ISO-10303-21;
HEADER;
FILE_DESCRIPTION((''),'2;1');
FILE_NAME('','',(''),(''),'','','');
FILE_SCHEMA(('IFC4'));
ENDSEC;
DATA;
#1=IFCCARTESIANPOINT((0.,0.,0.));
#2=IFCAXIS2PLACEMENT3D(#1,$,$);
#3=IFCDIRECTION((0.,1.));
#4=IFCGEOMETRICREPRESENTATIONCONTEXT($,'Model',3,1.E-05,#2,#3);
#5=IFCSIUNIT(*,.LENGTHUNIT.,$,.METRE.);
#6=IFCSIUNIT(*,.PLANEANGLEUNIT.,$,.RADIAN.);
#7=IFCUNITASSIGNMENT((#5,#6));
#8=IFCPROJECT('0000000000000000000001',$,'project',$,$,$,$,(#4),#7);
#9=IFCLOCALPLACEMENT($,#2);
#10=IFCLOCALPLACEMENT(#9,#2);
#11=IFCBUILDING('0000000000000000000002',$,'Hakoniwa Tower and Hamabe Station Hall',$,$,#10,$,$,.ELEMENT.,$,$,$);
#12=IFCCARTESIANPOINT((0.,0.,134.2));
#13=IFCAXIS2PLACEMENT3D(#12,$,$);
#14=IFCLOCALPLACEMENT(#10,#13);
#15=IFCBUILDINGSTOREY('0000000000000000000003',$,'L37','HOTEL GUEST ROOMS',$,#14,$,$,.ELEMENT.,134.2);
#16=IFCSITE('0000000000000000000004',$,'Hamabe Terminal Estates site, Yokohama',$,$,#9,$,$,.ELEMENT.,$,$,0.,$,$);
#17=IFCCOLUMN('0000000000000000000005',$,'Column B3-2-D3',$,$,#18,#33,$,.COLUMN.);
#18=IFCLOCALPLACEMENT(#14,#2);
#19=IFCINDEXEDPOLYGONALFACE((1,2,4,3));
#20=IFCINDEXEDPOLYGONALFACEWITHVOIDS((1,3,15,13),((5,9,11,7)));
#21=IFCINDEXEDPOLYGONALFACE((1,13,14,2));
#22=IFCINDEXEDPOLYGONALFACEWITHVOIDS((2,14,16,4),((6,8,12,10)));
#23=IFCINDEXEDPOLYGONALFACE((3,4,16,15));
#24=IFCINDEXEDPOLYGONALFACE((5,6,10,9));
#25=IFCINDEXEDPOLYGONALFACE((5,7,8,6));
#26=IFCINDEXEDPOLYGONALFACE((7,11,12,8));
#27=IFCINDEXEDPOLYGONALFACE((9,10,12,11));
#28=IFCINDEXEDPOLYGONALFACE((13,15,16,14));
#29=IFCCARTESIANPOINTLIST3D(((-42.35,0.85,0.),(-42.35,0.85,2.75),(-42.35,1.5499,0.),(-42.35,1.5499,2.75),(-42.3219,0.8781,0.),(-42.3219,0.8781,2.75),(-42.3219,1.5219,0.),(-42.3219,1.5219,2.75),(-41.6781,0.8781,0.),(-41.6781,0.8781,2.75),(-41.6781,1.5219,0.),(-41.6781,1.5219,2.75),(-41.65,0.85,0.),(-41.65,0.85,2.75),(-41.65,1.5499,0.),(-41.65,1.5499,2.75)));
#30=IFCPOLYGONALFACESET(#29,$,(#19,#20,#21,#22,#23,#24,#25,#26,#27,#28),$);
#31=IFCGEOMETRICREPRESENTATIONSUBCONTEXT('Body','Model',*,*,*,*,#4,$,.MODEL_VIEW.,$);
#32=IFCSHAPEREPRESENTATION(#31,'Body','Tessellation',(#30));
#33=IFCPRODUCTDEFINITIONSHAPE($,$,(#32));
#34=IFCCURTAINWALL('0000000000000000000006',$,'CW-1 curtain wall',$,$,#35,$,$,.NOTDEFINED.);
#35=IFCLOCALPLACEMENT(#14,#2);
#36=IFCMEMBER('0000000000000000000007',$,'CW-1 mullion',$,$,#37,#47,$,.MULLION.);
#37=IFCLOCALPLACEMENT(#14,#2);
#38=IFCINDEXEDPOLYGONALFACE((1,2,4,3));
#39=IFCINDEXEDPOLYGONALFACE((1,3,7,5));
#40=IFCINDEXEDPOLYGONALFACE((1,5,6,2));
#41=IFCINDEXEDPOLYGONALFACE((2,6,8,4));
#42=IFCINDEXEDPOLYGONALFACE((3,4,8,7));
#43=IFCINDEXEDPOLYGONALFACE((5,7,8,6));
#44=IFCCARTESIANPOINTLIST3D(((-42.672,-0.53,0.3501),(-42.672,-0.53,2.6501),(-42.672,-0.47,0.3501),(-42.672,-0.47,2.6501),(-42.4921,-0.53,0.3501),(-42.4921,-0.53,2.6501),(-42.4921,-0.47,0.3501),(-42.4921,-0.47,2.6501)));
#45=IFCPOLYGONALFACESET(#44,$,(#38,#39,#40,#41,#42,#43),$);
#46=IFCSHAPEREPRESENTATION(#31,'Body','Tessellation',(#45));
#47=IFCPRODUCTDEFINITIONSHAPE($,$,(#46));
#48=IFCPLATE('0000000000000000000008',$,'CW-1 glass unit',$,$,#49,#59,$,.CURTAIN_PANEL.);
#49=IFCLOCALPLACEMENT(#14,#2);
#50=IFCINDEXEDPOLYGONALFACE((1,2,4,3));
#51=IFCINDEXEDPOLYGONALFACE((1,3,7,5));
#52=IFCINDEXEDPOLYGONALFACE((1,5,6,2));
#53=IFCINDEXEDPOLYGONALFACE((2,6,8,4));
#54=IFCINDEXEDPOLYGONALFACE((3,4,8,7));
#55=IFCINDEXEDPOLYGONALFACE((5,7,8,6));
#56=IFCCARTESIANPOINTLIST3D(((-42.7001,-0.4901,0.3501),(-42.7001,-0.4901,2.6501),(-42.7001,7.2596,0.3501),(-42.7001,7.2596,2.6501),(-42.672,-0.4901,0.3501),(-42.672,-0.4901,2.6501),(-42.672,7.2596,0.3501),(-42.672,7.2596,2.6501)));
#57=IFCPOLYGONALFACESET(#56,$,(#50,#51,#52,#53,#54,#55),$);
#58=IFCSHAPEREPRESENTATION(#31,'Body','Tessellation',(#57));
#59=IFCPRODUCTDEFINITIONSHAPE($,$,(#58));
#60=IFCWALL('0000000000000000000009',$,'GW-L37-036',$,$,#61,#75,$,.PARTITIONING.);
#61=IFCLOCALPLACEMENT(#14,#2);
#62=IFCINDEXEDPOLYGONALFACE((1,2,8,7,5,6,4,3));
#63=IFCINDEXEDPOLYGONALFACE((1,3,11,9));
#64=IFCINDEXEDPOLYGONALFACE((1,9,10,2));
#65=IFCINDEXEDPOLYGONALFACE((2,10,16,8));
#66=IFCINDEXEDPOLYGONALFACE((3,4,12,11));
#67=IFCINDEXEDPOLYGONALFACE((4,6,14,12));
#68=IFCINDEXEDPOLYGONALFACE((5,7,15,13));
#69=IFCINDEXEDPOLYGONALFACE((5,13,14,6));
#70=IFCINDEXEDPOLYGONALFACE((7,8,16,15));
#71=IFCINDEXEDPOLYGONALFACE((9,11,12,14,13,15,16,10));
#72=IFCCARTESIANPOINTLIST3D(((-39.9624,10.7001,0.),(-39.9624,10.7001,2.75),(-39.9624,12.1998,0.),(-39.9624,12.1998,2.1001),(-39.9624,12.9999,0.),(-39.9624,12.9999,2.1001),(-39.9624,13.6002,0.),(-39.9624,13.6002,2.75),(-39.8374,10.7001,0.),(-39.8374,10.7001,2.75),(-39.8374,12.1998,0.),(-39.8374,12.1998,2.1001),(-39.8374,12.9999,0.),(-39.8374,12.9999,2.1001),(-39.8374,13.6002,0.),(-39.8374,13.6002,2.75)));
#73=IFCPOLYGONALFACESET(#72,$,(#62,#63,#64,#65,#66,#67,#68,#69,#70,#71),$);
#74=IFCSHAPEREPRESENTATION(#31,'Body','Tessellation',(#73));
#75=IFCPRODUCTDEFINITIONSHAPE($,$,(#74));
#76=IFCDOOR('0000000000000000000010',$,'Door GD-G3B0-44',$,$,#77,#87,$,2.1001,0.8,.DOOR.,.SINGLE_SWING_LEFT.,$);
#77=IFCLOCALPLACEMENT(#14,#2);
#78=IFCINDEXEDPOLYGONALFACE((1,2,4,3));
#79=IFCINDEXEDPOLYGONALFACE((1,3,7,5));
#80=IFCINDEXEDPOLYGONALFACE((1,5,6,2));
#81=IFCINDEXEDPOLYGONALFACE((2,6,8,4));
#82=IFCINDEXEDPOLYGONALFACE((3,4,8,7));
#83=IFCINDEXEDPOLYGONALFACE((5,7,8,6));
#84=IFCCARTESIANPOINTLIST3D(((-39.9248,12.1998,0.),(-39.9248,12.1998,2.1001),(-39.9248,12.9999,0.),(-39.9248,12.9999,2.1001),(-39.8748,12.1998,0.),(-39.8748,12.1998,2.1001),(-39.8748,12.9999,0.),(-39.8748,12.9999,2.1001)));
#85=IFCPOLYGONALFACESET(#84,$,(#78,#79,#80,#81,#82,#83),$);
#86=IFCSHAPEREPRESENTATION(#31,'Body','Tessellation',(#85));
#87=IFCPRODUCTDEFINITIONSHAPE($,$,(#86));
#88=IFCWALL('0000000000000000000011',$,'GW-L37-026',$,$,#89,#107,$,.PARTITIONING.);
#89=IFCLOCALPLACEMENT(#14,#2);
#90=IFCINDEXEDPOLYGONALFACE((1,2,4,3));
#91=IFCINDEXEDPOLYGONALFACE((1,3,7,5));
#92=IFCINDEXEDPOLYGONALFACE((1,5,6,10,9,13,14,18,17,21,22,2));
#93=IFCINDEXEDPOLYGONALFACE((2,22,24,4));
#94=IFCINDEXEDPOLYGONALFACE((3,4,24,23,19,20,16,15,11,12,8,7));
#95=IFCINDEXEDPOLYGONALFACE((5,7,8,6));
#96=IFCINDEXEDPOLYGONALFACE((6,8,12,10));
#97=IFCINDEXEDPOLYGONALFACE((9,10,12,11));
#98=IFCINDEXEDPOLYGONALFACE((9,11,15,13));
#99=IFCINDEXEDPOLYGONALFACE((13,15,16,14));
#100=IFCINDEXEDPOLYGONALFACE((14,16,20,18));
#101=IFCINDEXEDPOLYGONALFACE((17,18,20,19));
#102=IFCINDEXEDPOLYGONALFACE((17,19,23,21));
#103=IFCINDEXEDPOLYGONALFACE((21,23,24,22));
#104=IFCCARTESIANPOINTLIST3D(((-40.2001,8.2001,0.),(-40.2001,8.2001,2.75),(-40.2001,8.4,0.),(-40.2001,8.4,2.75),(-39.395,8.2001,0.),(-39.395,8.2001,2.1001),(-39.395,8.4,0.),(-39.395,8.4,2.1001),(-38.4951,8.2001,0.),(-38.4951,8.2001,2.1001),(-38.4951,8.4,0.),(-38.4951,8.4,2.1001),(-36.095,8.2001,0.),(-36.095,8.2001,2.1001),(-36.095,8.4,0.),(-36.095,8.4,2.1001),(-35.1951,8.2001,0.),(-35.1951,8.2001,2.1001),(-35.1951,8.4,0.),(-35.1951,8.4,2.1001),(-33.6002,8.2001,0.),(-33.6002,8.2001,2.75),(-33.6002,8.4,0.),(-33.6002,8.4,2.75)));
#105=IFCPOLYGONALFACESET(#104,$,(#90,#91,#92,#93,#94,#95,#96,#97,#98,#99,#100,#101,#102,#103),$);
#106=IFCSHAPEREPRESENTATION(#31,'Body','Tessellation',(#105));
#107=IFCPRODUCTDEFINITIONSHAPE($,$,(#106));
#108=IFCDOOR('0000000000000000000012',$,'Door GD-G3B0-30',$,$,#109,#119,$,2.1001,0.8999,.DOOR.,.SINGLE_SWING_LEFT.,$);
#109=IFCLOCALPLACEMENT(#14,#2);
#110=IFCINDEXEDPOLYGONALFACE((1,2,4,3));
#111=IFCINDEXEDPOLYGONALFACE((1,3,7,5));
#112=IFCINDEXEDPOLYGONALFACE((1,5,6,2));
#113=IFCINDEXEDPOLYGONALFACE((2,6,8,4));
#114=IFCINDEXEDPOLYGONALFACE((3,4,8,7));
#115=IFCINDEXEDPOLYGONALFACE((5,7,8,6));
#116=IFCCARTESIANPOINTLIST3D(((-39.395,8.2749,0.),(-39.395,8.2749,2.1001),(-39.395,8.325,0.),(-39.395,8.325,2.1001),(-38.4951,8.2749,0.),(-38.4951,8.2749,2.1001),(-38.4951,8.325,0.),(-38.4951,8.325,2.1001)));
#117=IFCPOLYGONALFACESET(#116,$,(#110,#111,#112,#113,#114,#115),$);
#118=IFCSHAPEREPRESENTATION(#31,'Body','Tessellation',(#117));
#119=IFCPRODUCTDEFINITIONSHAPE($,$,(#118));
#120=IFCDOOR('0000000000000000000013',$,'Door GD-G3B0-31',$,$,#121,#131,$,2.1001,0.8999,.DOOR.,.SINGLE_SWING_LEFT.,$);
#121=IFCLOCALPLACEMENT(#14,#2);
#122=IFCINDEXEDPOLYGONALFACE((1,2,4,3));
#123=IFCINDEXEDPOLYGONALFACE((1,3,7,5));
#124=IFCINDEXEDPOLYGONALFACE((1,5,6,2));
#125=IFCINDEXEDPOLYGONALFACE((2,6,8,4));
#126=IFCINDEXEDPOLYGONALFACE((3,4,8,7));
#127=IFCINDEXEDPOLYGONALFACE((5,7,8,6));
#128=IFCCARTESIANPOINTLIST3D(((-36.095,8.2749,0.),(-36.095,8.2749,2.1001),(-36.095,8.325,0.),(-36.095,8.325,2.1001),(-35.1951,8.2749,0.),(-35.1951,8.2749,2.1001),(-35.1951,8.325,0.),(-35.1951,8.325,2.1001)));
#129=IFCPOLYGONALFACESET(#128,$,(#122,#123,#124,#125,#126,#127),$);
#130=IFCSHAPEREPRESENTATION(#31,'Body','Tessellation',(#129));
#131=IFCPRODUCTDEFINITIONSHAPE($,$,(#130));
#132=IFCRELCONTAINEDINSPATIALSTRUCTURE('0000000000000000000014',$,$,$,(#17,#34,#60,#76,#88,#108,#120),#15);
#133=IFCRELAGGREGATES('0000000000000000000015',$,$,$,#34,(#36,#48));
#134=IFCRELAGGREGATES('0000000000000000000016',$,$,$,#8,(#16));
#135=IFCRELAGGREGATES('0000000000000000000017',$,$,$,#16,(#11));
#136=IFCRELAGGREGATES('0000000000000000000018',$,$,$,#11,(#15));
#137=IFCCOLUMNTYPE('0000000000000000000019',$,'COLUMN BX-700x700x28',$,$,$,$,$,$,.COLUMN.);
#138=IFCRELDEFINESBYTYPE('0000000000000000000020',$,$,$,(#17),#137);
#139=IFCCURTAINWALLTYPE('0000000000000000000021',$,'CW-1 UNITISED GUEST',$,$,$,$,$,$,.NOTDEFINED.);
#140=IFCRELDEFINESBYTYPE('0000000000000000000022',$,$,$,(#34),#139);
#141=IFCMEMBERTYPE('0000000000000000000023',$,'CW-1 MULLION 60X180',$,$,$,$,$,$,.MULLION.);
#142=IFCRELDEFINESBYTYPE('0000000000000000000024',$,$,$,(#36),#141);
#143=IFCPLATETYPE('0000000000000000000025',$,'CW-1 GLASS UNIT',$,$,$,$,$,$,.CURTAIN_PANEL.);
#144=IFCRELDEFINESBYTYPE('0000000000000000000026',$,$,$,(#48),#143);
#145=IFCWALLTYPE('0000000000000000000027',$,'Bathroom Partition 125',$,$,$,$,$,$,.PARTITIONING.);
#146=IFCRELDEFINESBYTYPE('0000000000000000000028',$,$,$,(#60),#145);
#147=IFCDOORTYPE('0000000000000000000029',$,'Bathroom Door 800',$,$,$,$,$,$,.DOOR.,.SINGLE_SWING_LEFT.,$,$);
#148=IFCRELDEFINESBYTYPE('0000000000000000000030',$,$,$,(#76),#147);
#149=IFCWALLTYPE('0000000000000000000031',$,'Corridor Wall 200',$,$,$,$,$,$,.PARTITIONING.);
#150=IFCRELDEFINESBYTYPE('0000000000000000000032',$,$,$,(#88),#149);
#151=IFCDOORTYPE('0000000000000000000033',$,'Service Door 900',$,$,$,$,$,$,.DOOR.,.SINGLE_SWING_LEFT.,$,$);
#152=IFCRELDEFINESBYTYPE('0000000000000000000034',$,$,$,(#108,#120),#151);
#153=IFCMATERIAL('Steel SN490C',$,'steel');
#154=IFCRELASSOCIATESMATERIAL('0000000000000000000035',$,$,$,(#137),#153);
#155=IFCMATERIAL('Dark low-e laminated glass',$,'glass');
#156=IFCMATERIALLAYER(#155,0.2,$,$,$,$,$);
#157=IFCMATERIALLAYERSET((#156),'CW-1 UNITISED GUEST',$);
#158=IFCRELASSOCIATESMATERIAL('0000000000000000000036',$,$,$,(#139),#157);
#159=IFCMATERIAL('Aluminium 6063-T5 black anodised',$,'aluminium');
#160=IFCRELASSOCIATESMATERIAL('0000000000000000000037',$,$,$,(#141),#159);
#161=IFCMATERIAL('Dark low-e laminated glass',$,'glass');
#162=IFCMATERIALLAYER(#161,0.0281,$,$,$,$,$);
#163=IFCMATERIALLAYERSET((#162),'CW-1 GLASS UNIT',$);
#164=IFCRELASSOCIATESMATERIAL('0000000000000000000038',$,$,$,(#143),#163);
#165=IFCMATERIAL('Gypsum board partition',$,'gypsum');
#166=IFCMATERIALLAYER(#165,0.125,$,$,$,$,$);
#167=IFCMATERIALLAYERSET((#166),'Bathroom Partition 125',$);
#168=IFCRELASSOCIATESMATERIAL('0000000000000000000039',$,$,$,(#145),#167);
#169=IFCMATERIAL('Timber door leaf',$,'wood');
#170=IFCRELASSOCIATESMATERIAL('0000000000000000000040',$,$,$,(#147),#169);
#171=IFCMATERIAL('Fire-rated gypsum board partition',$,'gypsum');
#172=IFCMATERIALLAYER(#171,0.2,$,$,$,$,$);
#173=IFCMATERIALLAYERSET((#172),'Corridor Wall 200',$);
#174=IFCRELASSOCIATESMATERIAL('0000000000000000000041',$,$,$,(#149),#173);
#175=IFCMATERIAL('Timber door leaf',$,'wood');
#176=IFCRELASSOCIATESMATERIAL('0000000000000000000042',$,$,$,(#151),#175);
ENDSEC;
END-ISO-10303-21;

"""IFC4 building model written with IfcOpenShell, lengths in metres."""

from ifc_helpers import new_model, si_unit, direction, frame, frame_2d, origin, origin_2d, place, context, subcontext, project, spatial, rectangle, hollow_rectangle, extrude, material, layer, layer_set, material_profile, profile_set, type_object, element, fill, aggregate, save


model = new_model("IFC4")

# Units and contexts
model_context = context("Model", 3, precision=1e-05, world=origin(), true_north=direction((0.0, 1.0)))
body_context = subcontext(model_context, "Body", "Model", "MODEL_VIEW")
ifc_project = project(units=[si_unit("LENGTHUNIT", "METRE"), si_unit("PLANEANGLEUNIT", "RADIAN")], contexts=[model_context])

# Site, building, storey
site_placement = place(None, origin())
site = spatial("IfcSite", under=ifc_project, at=site_placement, Name="Hamabe Terminal Estates site, Yokohama", CompositionType="ELEMENT", RefElevation=0.0)
building_placement = place(site_placement, origin())
building = spatial("IfcBuilding", under=site, at=building_placement, Name="Hakoniwa Tower and Hamabe Station Hall", CompositionType="ELEMENT")
storey_placement = place(building_placement, frame((0.0, 0.0, 134.2)))
storey = spatial("IfcBuildingStorey", under=building, at=storey_placement, Name="L37", Description="HOTEL GUEST ROOMS", CompositionType="ELEMENT", Elevation=134.2)

# Column
ifc_material_1 = material(Name="Steel SN490C", Category="steel")
ifc_material_profile_1 = material_profile(ifc_material_1, hollow_rectangle(XDim=0.7, YDim=0.7, WallThickness=0.0281, at=origin_2d()), Name="BX-700x700x28")
ifc_profile_set_1 = profile_set([ifc_material_profile_1], Name="Steel SN490C")
column_type = type_object("IfcColumnType", Name="COLUMN BX-700x700x28", PredefinedType="COLUMN", material=ifc_profile_set_1)
column_placement = place(storey_placement, frame((-42.0, 1.2, 0.0), z_axis=(0.0, 0.0, 1.0), x_axis=(1.0, 0.0, 0.0)))
element("IfcColumn", 1, at=column_placement, inside=storey, type_object=column_type, Name="Column B3-2-D3", PredefinedType="COLUMN", context=body_context, shape_type="SweptSolid", body=[
    extrude(hollow_rectangle(XDim=0.7, YDim=0.7, WallThickness=0.0281, at=origin_2d()), origin(), (0.0, 0.0, 1.0), 2.75),
])

# Curtain wall, member, plate
ifc_material_2 = material(Name="Dark low-e laminated glass", Category="glass")
ifc_layer_1 = layer(ifc_material_2, 0.2)
ifc_layer_set_1 = layer_set([ifc_layer_1], Name="CW-1 UNITISED GUEST")
curtain_wall_type = type_object("IfcCurtainWallType", Name="CW-1 UNITISED GUEST", PredefinedType="NOTDEFINED", material=ifc_layer_set_1)
curtain_wall_placement = place(storey_placement, origin())
curtain_wall = element("IfcCurtainWall", 2, at=curtain_wall_placement, inside=storey, type_object=curtain_wall_type, Name="CW-1 curtain wall", PredefinedType="NOTDEFINED")
ifc_material_3 = material(Name="Aluminium 6063-T5 black anodised", Category="aluminium")
ifc_material_profile_2 = material_profile(ifc_material_3, rectangle(XDim=0.0601, YDim=0.1799, at=origin_2d()), Name="CW-1 MULLION 60X180")
ifc_profile_set_2 = profile_set([ifc_material_profile_2], Name="Aluminium 6063-T5 black anodised")
member_type = type_object("IfcMemberType", Name="CW-1 MULLION 60X180", PredefinedType="MULLION", material=ifc_profile_set_2)
member_placement = place(storey_placement, frame((-42.582, -0.5, 0.3501), z_axis=(0.0, 0.0, 1.0), x_axis=(0.0, -1.0, 0.0)))
member = element("IfcMember", 3, at=member_placement, type_object=member_type, Name="CW-1 mullion", PredefinedType="MULLION", context=body_context, shape_type="SweptSolid", body=[
    extrude(rectangle(XDim=0.0601, YDim=0.1799, at=origin_2d()), origin(), (0.0, 0.0, 1.0), 2.3),
])
ifc_material_4 = material(Name="Dark low-e laminated glass", Category="glass")
ifc_layer_2 = layer(ifc_material_4, 0.0281)
ifc_layer_set_2 = layer_set([ifc_layer_2], Name="CW-1 GLASS UNIT")
plate_type = type_object("IfcPlateType", Name="CW-1 GLASS UNIT", PredefinedType="CURTAIN_PANEL", material=ifc_layer_set_2)
plate_placement = place(storey_placement, frame((-42.686, 3.3848, 0.3501), z_axis=(0.0, 0.0, 1.0), x_axis=(0.0, -1.0, 0.0)))
plate = element("IfcPlate", 4, at=plate_placement, type_object=plate_type, Name="CW-1 glass unit", PredefinedType="CURTAIN_PANEL", context=body_context, shape_type="SweptSolid", body=[
    extrude(rectangle(XDim=7.7498, YDim=0.0281, at=origin_2d()), origin(), (0.0, 0.0, 1.0), 2.3),
])
aggregate(curtain_wall, [member, plate])

# Wall, opening, door
ifc_material_5 = material(Name="Gypsum board partition", Category="gypsum")
ifc_layer_3 = layer(ifc_material_5, 0.125)
ifc_layer_set_3 = layer_set([ifc_layer_3], Name="Bathroom Partition 125")
wall_type_1 = type_object("IfcWallType", Name="Bathroom Partition 125", PredefinedType="PARTITIONING", material=ifc_layer_set_3)
wall_1_placement = place(storey_placement, frame((-39.8999, 10.7, 0.0), z_axis=(0.0, 0.0, 1.0), x_axis=(0.0, 1.0, 0.0)))
wall_1 = element("IfcWall", 5, at=wall_1_placement, inside=storey, type_object=wall_type_1, Name="GW-L37-036", PredefinedType="PARTITIONING", context=body_context, shape_type="SweptSolid", body=[
    extrude(rectangle(XDim=2.9001, YDim=0.125, at=frame_2d((1.4502, 0.0))), origin(), (0.0, 0.0, 1.0), 2.75),
])
opening_1_placement = place(wall_1_placement, frame((1.5, 0.0, 0.0)))
opening_1 = element("IfcOpeningElement", 6, at=opening_1_placement, cuts=wall_1, PredefinedType="OPENING", context=body_context, shape_type="SweptSolid", body=[
    extrude(rectangle(XDim=0.8, YDim=2.1001, at=frame_2d((0.3999, 1.05))), frame((0.0, 0.0725, 0.0), z_axis=(0.0, -1.0, 0.0), x_axis=(1.0, 0.0, 0.0)), (0.0, 0.0, 1.0), 0.145),
])
ifc_material_6 = material(Name="Timber door leaf", Category="wood")
door_type_1 = type_object("IfcDoorType", Name="Bathroom Door 800", OperationType="SINGLE_SWING_LEFT", PredefinedType="DOOR", material=ifc_material_6)
door_1_placement = place(opening_1_placement, origin())
door_1 = element("IfcDoor", 7, at=door_1_placement, inside=storey, type_object=door_type_1, Name="Door GD-G3B0-44", OperationType="SINGLE_SWING_LEFT", OverallHeight=2.1001, OverallWidth=0.8, PredefinedType="DOOR", context=body_context, shape_type="SweptSolid", body=[
    extrude(rectangle(XDim=0.8, YDim=2.1001, at=frame_2d((0.3999, 1.05))), frame((0.0, 0.0249, 0.0), z_axis=(0.0, -1.0, 0.0), x_axis=(1.0, 0.0, 0.0)), (0.0, 0.0, 1.0), 0.05),
])
fill(opening_1, door_1)

# Wall, openings, doors
ifc_material_7 = material(Name="Fire-rated gypsum board partition", Category="gypsum")
ifc_layer_4 = layer(ifc_material_7, 0.2)
ifc_layer_set_4 = layer_set([ifc_layer_4], Name="Corridor Wall 200")
wall_type_2 = type_object("IfcWallType", Name="Corridor Wall 200", PredefinedType="PARTITIONING", material=ifc_layer_set_4)
wall_2_placement = place(storey_placement, frame((-40.2, 8.3, 0.0), z_axis=(0.0, 0.0, 1.0), x_axis=(1.0, 0.0, 0.0)))
wall_2 = element("IfcWall", 8, at=wall_2_placement, inside=storey, type_object=wall_type_2, Name="GW-L37-026", PredefinedType="PARTITIONING", context=body_context, shape_type="SweptSolid", body=[
    extrude(rectangle(XDim=6.5999, YDim=0.2, at=frame_2d((3.2998, 0.0))), origin(), (0.0, 0.0, 1.0), 2.75),
])
opening_2_placement = place(wall_2_placement, frame((0.8049, 0.0, 0.0)))
opening_2 = element("IfcOpeningElement", 9, at=opening_2_placement, cuts=wall_2, PredefinedType="OPENING", context=body_context, shape_type="SweptSolid", body=[
    extrude(rectangle(XDim=0.8999, YDim=2.1001, at=frame_2d((0.45, 1.05))), frame((0.0, 0.1099, 0.0), z_axis=(0.0, -1.0, 0.0), x_axis=(1.0, 0.0, 0.0)), (0.0, 0.0, 1.0), 0.22),
])
opening_3_placement = place(wall_2_placement, frame((4.105, 0.0, 0.0)))
opening_3 = element("IfcOpeningElement", 10, at=opening_3_placement, cuts=wall_2, PredefinedType="OPENING", context=body_context, shape_type="SweptSolid", body=[
    extrude(rectangle(XDim=0.8999, YDim=2.1001, at=frame_2d((0.45, 1.05))), frame((0.0, 0.1099, 0.0), z_axis=(0.0, -1.0, 0.0), x_axis=(1.0, 0.0, 0.0)), (0.0, 0.0, 1.0), 0.22),
])
ifc_material_8 = material(Name="Timber door leaf", Category="wood")
door_type_2 = type_object("IfcDoorType", Name="Service Door 900", OperationType="SINGLE_SWING_LEFT", PredefinedType="DOOR", material=ifc_material_8)
door_2_placement = place(opening_2_placement, origin())
door_2 = element("IfcDoor", 11, at=door_2_placement, inside=storey, type_object=door_type_2, Name="Door GD-G3B0-30", OperationType="SINGLE_SWING_LEFT", OverallHeight=2.1001, OverallWidth=0.8999, PredefinedType="DOOR", context=body_context, shape_type="SweptSolid", body=[
    extrude(rectangle(XDim=0.8999, YDim=2.1001, at=frame_2d((0.45, 1.05))), frame((0.0, 0.0249, 0.0), z_axis=(0.0, -1.0, 0.0), x_axis=(1.0, 0.0, 0.0)), (0.0, 0.0, 1.0), 0.05),
])
fill(opening_2, door_2)
door_3_placement = place(opening_3_placement, origin())
door_3 = element("IfcDoor", 12, at=door_3_placement, inside=storey, type_object=door_type_2, Name="Door GD-G3B0-31", OperationType="SINGLE_SWING_LEFT", OverallHeight=2.1001, OverallWidth=0.8999, PredefinedType="DOOR", context=body_context, shape_type="SweptSolid", body=[
    extrude(rectangle(XDim=0.8999, YDim=2.1001, at=frame_2d((0.45, 1.05))), frame((0.0, 0.0249, 0.0), z_axis=(0.0, -1.0, 0.0), x_axis=(1.0, 0.0, 0.0)), (0.0, 0.0, 1.0), 0.05),
])
fill(opening_3, door_3)

save(model, "model.ifc")
